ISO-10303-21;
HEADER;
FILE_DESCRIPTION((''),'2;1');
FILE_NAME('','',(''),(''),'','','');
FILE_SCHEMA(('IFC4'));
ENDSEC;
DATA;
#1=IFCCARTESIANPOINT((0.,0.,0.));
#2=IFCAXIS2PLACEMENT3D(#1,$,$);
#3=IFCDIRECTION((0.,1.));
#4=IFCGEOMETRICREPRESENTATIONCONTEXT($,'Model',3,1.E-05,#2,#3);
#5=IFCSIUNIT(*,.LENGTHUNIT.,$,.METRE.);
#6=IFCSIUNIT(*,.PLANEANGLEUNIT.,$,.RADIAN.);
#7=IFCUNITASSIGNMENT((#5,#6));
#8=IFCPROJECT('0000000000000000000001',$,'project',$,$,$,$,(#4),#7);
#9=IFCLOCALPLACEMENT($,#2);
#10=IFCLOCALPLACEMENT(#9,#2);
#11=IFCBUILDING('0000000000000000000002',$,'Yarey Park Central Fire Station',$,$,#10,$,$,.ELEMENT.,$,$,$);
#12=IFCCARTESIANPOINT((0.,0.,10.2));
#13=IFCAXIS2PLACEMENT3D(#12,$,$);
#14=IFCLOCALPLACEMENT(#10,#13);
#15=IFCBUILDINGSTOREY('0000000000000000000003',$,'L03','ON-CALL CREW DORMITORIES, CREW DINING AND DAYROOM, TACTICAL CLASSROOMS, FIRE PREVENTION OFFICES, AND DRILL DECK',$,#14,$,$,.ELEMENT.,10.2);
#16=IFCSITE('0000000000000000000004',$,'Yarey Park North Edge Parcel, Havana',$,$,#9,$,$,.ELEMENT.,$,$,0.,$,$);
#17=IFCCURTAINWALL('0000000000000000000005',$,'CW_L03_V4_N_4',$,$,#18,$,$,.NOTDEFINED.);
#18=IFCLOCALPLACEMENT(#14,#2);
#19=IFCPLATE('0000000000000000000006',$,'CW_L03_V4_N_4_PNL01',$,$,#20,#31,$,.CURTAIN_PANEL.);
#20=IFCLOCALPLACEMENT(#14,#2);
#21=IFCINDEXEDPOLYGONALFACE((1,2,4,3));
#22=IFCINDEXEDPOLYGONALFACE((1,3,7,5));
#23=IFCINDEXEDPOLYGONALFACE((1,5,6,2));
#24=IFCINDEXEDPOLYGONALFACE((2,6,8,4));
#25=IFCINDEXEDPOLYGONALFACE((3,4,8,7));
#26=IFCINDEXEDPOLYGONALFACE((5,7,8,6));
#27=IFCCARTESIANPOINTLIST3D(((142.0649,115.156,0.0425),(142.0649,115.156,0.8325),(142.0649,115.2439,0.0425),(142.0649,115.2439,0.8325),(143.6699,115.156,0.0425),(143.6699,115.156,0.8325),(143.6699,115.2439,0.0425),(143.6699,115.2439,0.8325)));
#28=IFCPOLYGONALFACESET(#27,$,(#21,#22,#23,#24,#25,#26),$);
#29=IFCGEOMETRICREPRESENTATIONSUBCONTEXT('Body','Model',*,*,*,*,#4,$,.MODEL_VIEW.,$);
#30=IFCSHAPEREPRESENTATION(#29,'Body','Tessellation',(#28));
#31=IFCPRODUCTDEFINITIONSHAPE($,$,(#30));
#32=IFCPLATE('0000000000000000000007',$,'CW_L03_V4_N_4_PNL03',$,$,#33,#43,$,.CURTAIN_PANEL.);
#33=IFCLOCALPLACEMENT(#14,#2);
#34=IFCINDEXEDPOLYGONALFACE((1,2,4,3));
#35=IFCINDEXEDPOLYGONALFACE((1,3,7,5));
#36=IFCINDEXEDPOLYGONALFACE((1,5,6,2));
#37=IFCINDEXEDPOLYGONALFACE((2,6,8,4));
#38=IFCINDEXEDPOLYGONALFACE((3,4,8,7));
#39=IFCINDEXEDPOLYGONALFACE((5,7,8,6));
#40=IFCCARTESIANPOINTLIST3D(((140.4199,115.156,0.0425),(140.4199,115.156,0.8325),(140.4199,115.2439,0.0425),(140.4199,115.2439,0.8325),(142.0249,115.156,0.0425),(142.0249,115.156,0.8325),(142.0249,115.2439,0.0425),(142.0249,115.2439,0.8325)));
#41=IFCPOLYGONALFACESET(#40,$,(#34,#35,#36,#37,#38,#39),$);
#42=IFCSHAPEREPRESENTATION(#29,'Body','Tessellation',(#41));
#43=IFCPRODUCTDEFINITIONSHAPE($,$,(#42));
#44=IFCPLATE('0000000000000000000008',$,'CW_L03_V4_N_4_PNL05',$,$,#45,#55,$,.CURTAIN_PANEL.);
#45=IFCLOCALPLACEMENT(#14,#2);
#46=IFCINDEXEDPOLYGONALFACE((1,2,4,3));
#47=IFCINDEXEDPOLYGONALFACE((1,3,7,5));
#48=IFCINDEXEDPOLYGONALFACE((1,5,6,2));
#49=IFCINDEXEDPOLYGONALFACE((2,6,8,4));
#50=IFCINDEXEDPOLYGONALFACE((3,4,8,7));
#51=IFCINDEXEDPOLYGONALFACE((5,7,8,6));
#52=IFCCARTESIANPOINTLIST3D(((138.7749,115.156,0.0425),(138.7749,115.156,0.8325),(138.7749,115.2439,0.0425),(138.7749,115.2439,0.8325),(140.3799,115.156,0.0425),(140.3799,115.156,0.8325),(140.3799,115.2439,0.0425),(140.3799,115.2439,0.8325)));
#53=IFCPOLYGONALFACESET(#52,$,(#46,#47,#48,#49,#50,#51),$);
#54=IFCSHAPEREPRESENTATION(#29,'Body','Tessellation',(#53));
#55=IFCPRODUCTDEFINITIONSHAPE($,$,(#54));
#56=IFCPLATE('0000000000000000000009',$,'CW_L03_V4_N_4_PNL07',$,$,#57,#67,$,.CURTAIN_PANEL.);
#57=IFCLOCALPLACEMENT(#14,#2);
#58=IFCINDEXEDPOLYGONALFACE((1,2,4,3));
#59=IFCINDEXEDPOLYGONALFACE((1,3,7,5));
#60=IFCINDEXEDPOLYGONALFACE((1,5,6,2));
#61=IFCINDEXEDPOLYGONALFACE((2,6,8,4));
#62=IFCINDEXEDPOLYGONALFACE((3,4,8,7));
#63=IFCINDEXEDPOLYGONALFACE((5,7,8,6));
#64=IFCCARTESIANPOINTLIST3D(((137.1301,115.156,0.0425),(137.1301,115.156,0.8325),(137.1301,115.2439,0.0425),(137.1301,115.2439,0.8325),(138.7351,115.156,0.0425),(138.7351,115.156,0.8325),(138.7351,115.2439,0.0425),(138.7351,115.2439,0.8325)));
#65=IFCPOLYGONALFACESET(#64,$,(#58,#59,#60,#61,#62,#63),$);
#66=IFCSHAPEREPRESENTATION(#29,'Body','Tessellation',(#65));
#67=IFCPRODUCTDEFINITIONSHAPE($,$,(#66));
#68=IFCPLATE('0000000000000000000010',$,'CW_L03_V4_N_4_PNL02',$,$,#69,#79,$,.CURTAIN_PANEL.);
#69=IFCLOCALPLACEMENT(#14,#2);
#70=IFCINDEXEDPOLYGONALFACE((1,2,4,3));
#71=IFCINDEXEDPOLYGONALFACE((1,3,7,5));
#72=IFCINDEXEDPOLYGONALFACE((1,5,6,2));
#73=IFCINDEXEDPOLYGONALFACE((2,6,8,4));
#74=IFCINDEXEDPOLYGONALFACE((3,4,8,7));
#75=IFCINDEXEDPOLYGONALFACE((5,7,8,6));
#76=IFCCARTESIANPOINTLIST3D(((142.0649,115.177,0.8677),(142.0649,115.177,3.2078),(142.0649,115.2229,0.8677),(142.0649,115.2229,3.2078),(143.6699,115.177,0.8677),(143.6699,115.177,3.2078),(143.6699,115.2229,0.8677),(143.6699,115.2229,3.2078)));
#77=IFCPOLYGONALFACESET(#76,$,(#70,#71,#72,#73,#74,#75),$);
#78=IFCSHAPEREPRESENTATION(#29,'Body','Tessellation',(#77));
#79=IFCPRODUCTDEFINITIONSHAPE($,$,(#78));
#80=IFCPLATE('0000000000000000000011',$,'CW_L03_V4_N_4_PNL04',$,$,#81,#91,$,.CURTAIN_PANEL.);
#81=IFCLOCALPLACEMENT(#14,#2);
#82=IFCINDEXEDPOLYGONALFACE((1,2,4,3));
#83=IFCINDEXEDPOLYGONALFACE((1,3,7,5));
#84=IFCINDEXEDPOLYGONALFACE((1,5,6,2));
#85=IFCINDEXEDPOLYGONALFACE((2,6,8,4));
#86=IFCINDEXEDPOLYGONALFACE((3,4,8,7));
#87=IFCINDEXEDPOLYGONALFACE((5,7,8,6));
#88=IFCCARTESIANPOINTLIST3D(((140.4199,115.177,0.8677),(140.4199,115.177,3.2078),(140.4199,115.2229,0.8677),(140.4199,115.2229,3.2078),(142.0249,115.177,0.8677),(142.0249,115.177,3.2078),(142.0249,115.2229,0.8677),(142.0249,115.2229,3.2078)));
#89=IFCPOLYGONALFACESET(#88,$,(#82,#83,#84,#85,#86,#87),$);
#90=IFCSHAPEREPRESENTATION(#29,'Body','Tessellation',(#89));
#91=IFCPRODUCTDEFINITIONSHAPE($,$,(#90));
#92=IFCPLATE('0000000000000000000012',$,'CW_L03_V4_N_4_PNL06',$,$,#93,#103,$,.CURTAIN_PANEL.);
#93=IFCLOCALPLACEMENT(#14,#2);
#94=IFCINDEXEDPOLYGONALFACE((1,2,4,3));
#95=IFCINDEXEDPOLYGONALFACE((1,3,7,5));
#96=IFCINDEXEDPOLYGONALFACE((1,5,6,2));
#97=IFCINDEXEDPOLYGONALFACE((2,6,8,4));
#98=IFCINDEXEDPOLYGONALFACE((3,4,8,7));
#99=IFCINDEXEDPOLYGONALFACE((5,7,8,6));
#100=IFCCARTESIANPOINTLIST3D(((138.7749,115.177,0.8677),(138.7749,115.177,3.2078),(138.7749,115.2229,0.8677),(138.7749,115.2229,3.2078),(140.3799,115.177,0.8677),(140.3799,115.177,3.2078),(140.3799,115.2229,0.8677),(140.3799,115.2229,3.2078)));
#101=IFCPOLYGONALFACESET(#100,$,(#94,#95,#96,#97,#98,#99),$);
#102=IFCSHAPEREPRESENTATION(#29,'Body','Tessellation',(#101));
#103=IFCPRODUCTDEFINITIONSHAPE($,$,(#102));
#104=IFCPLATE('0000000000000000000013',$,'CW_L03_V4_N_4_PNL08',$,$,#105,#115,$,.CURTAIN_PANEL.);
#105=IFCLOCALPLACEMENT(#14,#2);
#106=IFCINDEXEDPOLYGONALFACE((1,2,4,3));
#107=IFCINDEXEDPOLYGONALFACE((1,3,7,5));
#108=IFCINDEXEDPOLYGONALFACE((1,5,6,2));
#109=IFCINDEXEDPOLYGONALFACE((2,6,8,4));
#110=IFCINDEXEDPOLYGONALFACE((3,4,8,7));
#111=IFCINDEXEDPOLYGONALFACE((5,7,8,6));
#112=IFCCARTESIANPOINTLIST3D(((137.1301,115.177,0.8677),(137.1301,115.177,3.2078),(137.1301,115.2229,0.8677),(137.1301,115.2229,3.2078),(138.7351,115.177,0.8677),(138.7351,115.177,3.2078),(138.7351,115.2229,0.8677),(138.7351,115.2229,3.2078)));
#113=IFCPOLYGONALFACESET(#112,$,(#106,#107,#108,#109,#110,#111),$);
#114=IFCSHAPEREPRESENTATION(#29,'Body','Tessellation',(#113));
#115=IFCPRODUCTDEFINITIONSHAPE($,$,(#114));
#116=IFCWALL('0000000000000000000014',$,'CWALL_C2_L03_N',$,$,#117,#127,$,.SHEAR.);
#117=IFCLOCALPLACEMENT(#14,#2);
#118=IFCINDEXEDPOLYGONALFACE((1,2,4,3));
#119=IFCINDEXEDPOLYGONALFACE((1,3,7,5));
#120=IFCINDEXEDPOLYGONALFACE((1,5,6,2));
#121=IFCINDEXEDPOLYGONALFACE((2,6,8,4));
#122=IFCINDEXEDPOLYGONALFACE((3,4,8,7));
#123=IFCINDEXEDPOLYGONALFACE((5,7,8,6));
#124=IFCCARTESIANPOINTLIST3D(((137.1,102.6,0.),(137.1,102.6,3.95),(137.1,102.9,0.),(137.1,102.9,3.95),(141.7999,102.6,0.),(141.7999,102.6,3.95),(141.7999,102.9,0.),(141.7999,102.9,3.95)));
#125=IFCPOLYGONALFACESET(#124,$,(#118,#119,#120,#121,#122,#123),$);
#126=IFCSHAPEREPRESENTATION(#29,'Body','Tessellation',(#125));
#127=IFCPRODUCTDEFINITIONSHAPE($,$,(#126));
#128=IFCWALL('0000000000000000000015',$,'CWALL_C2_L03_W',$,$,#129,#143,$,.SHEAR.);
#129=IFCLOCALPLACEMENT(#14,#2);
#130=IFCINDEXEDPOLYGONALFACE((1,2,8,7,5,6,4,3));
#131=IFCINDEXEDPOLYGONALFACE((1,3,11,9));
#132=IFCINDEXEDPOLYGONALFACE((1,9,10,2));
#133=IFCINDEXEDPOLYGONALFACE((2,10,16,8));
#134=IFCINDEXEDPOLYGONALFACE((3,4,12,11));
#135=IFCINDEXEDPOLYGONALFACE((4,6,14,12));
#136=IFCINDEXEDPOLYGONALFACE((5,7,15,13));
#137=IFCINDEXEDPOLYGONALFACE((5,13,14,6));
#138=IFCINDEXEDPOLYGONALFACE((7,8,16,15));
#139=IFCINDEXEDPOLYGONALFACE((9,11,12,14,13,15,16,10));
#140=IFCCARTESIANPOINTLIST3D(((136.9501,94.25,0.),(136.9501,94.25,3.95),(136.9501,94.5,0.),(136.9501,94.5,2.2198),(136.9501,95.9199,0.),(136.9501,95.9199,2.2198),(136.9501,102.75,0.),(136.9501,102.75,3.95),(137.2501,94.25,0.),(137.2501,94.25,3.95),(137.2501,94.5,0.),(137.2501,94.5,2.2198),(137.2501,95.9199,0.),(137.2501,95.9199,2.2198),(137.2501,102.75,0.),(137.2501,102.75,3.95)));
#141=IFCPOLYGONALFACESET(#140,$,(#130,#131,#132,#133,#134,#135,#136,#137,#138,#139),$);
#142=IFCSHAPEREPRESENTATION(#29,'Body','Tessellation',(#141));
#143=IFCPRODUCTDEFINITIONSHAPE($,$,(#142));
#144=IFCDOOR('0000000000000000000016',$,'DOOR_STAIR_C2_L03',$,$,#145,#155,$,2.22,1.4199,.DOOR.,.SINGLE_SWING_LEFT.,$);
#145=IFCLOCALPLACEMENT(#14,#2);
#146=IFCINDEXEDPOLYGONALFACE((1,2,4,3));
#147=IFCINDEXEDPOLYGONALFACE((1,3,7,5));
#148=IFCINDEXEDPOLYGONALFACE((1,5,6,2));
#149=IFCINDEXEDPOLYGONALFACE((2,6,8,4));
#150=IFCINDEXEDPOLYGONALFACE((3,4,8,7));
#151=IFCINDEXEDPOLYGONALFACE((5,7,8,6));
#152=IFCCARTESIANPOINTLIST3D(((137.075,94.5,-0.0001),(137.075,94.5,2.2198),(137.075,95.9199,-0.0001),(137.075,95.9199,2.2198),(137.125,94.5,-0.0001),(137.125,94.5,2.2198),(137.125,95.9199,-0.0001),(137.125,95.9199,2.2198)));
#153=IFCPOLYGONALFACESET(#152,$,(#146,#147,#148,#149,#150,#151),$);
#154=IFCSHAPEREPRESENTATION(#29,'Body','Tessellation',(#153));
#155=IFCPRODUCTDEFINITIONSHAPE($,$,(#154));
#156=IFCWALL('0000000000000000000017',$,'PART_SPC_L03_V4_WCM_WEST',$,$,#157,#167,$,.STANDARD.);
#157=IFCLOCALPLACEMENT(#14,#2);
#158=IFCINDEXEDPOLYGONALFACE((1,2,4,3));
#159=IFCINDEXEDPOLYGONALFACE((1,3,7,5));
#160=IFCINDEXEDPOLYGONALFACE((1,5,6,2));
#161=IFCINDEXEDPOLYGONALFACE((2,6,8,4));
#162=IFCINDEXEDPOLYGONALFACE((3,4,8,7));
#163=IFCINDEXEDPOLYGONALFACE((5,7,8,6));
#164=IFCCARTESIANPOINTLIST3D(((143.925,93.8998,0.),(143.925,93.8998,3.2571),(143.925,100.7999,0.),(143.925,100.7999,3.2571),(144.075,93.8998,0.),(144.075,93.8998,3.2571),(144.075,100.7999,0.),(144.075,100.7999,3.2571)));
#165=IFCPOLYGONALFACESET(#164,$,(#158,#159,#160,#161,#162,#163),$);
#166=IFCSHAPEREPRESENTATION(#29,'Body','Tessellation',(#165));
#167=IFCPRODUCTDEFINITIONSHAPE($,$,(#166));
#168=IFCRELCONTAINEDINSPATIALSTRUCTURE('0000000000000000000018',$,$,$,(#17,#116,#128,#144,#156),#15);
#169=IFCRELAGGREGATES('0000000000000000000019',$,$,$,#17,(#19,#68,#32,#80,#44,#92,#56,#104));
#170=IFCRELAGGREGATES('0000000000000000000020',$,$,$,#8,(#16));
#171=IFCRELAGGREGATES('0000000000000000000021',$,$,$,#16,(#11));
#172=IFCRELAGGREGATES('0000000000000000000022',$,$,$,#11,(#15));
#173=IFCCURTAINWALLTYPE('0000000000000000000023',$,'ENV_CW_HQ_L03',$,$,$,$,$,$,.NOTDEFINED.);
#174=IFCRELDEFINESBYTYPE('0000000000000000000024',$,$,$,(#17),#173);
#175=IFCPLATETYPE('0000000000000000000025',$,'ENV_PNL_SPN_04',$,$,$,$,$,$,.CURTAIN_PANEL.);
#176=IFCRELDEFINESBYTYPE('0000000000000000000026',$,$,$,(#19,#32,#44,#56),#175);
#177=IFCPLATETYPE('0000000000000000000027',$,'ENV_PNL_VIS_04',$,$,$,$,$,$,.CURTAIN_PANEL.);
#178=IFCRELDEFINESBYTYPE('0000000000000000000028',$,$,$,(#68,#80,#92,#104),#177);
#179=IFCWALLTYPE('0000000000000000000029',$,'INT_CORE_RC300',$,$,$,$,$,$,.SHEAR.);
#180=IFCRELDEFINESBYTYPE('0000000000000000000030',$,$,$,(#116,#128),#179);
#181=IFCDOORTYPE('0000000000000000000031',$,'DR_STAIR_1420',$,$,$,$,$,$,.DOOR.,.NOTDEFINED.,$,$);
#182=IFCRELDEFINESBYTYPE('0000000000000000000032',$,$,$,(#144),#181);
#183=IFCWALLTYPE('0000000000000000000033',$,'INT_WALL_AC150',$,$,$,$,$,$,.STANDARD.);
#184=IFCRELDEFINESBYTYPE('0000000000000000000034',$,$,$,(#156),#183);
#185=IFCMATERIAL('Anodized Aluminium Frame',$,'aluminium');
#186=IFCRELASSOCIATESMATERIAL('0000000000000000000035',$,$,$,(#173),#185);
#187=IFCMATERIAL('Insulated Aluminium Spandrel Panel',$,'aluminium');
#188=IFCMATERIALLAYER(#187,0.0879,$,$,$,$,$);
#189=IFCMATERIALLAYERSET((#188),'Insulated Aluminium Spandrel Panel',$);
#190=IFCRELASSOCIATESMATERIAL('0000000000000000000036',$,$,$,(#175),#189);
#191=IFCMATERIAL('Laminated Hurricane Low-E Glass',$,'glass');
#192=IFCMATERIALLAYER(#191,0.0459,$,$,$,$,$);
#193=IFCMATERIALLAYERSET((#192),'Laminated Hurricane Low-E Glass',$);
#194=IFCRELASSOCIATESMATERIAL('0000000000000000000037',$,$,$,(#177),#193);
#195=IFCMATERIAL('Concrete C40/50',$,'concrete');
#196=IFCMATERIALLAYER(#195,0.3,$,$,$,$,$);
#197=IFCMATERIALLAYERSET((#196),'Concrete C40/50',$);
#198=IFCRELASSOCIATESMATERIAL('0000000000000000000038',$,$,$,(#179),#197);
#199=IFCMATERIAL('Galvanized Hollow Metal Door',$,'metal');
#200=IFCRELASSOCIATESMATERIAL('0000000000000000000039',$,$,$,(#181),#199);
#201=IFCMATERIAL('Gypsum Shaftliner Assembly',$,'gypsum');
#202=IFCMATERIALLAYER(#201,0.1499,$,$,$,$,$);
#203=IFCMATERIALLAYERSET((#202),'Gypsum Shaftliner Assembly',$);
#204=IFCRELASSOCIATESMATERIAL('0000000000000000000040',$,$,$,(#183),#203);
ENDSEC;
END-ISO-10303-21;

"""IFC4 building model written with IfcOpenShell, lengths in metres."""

from ifc_helpers import new_model, si_unit, direction, frame, frame_2d, origin, origin_2d, place, context, subcontext, project, spatial, rectangle, extrude, material, layer, layer_set, type_object, element, fill, aggregate, save


model = new_model("IFC4")

# Units and contexts
model_context = context("Model", 3, precision=1e-05, world=origin(), true_north=direction((0.0, 1.0)))
body_context = subcontext(model_context, "Body", "Model", "MODEL_VIEW")
ifc_project = project(units=[si_unit("LENGTHUNIT", "METRE"), si_unit("PLANEANGLEUNIT", "RADIAN")], contexts=[model_context])

# Site, building, storey
site_placement = place(None, origin())
site = spatial("IfcSite", under=ifc_project, at=site_placement, Name="Yarey Park North Edge Parcel, Havana", CompositionType="ELEMENT", RefElevation=0.0)
building_placement = place(site_placement, origin())
building = spatial("IfcBuilding", under=site, at=building_placement, Name="Yarey Park Central Fire Station", CompositionType="ELEMENT")
storey_placement = place(building_placement, frame((0.0, 0.0, 10.2)))
storey = spatial("IfcBuildingStorey", under=building, at=storey_placement, Name="L03", Description="ON-CALL CREW DORMITORIES, CREW DINING AND DAYROOM, TACTICAL CLASSROOMS, FIRE PREVENTION OFFICES, AND DRILL DECK", CompositionType="ELEMENT", Elevation=10.2)

# Shared definitions
ifc_material_1 = material(Name="Concrete C40/50", Category="concrete")

# Shared definitions
ifc_material_2 = material(Name="Anodized Aluminium Frame", Category="aluminium")
curtain_wall_type = type_object("IfcCurtainWallType", Name="ENV_CW_HQ_L03", PredefinedType="NOTDEFINED", material=ifc_material_2)

# Curtain wall
curtain_wall_1_placement = place(storey_placement, origin())
curtain_wall_1 = element("IfcCurtainWall", 1, at=curtain_wall_1_placement, inside=storey, type_object=curtain_wall_type, Name="CW_L03_V4_N_4", PredefinedType="NOTDEFINED")

# Plates
ifc_material_3 = material(Name="Insulated Aluminium Spandrel Panel", Category="aluminium")
ifc_layer_1 = layer(ifc_material_3, 0.0879)
ifc_layer_set_1 = layer_set([ifc_layer_1], Name="Insulated Aluminium Spandrel Panel")
plate_type_1 = type_object("IfcPlateType", Name="ENV_PNL_SPN_04", PredefinedType="CURTAIN_PANEL", material=ifc_layer_set_1)
plate_1_placement = place(storey_placement, frame((142.8674, 115.2, 0.0425), z_axis=(0.0, 0.0, 1.0), x_axis=(-1.0, 0.0, 0.0)))
plate_1 = element("IfcPlate", 2, at=plate_1_placement, type_object=plate_type_1, Name="CW_L03_V4_N_4_PNL01", PredefinedType="CURTAIN_PANEL", context=body_context, shape_type="SweptSolid", body=[
    extrude(rectangle(XDim=1.605, YDim=0.0879, at=origin_2d()), origin(), (0.0, 0.0, 1.0), 0.79),
])
plate_2_placement = place(storey_placement, frame((141.2224, 115.2, 0.0425), z_axis=(0.0, 0.0, 1.0), x_axis=(-1.0, 0.0, 0.0)))
plate_2 = element("IfcPlate", 3, at=plate_2_placement, type_object=plate_type_1, Name="CW_L03_V4_N_4_PNL03", PredefinedType="CURTAIN_PANEL", context=body_context, shape_type="SweptSolid", body=[
    extrude(rectangle(XDim=1.605, YDim=0.0879, at=origin_2d()), origin(), (0.0, 0.0, 1.0), 0.79),
])
plate_3_placement = place(storey_placement, frame((139.5774, 115.2, 0.0425), z_axis=(0.0, 0.0, 1.0), x_axis=(-1.0, 0.0, 0.0)))
plate_3 = element("IfcPlate", 4, at=plate_3_placement, type_object=plate_type_1, Name="CW_L03_V4_N_4_PNL05", PredefinedType="CURTAIN_PANEL", context=body_context, shape_type="SweptSolid", body=[
    extrude(rectangle(XDim=1.605, YDim=0.0879, at=origin_2d()), origin(), (0.0, 0.0, 1.0), 0.79),
])
plate_4_placement = place(storey_placement, frame((137.9326, 115.2, 0.0425), z_axis=(0.0, 0.0, 1.0), x_axis=(-1.0, 0.0, 0.0)))
plate_4 = element("IfcPlate", 5, at=plate_4_placement, type_object=plate_type_1, Name="CW_L03_V4_N_4_PNL07", PredefinedType="CURTAIN_PANEL", context=body_context, shape_type="SweptSolid", body=[
    extrude(rectangle(XDim=1.605, YDim=0.0879, at=origin_2d()), origin(), (0.0, 0.0, 1.0), 0.79),
])
ifc_material_4 = material(Name="Laminated Hurricane Low-E Glass", Category="glass")
ifc_layer_2 = layer(ifc_material_4, 0.0459)
ifc_layer_set_2 = layer_set([ifc_layer_2], Name="Laminated Hurricane Low-E Glass")
plate_type_2 = type_object("IfcPlateType", Name="ENV_PNL_VIS_04", PredefinedType="CURTAIN_PANEL", material=ifc_layer_set_2)
plate_5_placement = place(storey_placement, frame((142.8674, 115.2, 0.8677), z_axis=(0.0, 0.0, 1.0), x_axis=(-1.0, 0.0, 0.0)))
plate_5 = element("IfcPlate", 6, at=plate_5_placement, type_object=plate_type_2, Name="CW_L03_V4_N_4_PNL02", PredefinedType="CURTAIN_PANEL", context=body_context, shape_type="SweptSolid", body=[
    extrude(rectangle(XDim=1.605, YDim=0.0459, at=origin_2d()), origin(), (0.0, 0.0, 1.0), 2.3401),
])
plate_6_placement = place(storey_placement, frame((141.2224, 115.2, 0.8677), z_axis=(0.0, 0.0, 1.0), x_axis=(-1.0, 0.0, 0.0)))
plate_6 = element("IfcPlate", 7, at=plate_6_placement, type_object=plate_type_2, Name="CW_L03_V4_N_4_PNL04", PredefinedType="CURTAIN_PANEL", context=body_context, shape_type="SweptSolid", body=[
    extrude(rectangle(XDim=1.605, YDim=0.0459, at=origin_2d()), origin(), (0.0, 0.0, 1.0), 2.3401),
])
plate_7_placement = place(storey_placement, frame((139.5774, 115.2, 0.8677), z_axis=(0.0, 0.0, 1.0), x_axis=(-1.0, 0.0, 0.0)))
plate_7 = element("IfcPlate", 8, at=plate_7_placement, type_object=plate_type_2, Name="CW_L03_V4_N_4_PNL06", PredefinedType="CURTAIN_PANEL", context=body_context, shape_type="SweptSolid", body=[
    extrude(rectangle(XDim=1.605, YDim=0.0459, at=origin_2d()), origin(), (0.0, 0.0, 1.0), 2.3401),
])
plate_8_placement = place(storey_placement, frame((137.9326, 115.2, 0.8677), z_axis=(0.0, 0.0, 1.0), x_axis=(-1.0, 0.0, 0.0)))
plate_8 = element("IfcPlate", 9, at=plate_8_placement, type_object=plate_type_2, Name="CW_L03_V4_N_4_PNL08", PredefinedType="CURTAIN_PANEL", context=body_context, shape_type="SweptSolid", body=[
    extrude(rectangle(XDim=1.605, YDim=0.0459, at=origin_2d()), origin(), (0.0, 0.0, 1.0), 2.3401),
])
aggregate(curtain_wall_1, [plate_1, plate_5, plate_2, plate_6, plate_3, plate_7, plate_4, plate_8])

# Wall
ifc_layer_3 = layer(ifc_material_1, 0.3)
ifc_layer_set_3 = layer_set([ifc_layer_3], Name="Concrete C40/50")
wall_type_1 = type_object("IfcWallType", Name="INT_CORE_RC300", PredefinedType="SHEAR", material=ifc_layer_set_3)
wall_1_placement = place(storey_placement, frame((141.8, 102.75, 0.0), z_axis=(0.0, 0.0, 1.0), x_axis=(-1.0, 0.0, 0.0)))
element("IfcWall", 10, at=wall_1_placement, inside=storey, type_object=wall_type_1, Name="CWALL_C2_L03_N", PredefinedType="SHEAR", context=body_context, shape_type="SweptSolid", body=[
    extrude(rectangle(XDim=4.7, YDim=0.3, at=frame_2d((2.3501, 0.0))), origin(), (0.0, 0.0, 1.0), 3.95),
])

# Wall, opening, door
wall_2_placement = place(storey_placement, frame((137.1001, 102.75, 0.0), z_axis=(0.0, 0.0, 1.0), x_axis=(0.0, -1.0, 0.0)))
wall_2 = element("IfcWall", 11, at=wall_2_placement, inside=storey, type_object=wall_type_1, Name="CWALL_C2_L03_W", PredefinedType="SHEAR", context=body_context, shape_type="SweptSolid", body=[
    extrude(rectangle(XDim=8.5, YDim=0.3, at=frame_2d((4.25, 0.0))), origin(), (0.0, 0.0, 1.0), 3.95),
])
opening_placement = place(wall_2_placement, frame((6.8301, 0.0, 0.0)))
opening = element("IfcOpeningElement", 12, at=opening_placement, cuts=wall_2, PredefinedType="OPENING", context=body_context, shape_type="SweptSolid", body=[
    extrude(rectangle(XDim=1.4199, YDim=2.22, at=frame_2d((0.71, 1.1099))), frame((0.0, 0.1599, 0.0), z_axis=(0.0, -1.0, 0.0), x_axis=(1.0, 0.0, 0.0)), (0.0, 0.0, 1.0), 0.3201),
])
ifc_material_5 = material(Name="Galvanized Hollow Metal Door", Category="metal")
door_type = type_object("IfcDoorType", Name="DR_STAIR_1420", OperationType="NOTDEFINED", PredefinedType="DOOR", material=ifc_material_5)
door_placement = place(opening_placement, origin())
door = element("IfcDoor", 13, at=door_placement, inside=storey, type_object=door_type, Name="DOOR_STAIR_C2_L03", OperationType="SINGLE_SWING_LEFT", OverallHeight=2.22, OverallWidth=1.4199, PredefinedType="DOOR", context=body_context, shape_type="SweptSolid", body=[
    extrude(rectangle(XDim=1.4199, YDim=2.22, at=frame_2d((0.71, 1.1099))), frame((0.0, 0.0249, 0.0), z_axis=(0.0, -1.0, 0.0), x_axis=(1.0, 0.0, 0.0)), (0.0, 0.0, 1.0), 0.05),
])
fill(opening, door)

# Wall
ifc_material_6 = material(Name="Gypsum Shaftliner Assembly", Category="gypsum")
ifc_layer_4 = layer(ifc_material_6, 0.1499)
ifc_layer_set_4 = layer_set([ifc_layer_4], Name="Gypsum Shaftliner Assembly")
wall_type_2 = type_object("IfcWallType", Name="INT_WALL_AC150", PredefinedType="STANDARD", material=ifc_layer_set_4)
wall_3_placement = place(storey_placement, frame((144.0, 100.8, 0.0), z_axis=(0.0, 0.0, 1.0), x_axis=(0.0, -1.0, 0.0)))
element("IfcWall", 14, at=wall_3_placement, inside=storey, type_object=wall_type_2, Name="PART_SPC_L03_V4_WCM_WEST", PredefinedType="STANDARD", context=body_context, shape_type="SweptSolid", body=[
    extrude(rectangle(XDim=6.9001, YDim=0.1499, at=frame_2d((3.4502, 0.0))), origin(), (0.0, 0.0, 1.0), 3.2571),
])

save(model, "model.ifc")
